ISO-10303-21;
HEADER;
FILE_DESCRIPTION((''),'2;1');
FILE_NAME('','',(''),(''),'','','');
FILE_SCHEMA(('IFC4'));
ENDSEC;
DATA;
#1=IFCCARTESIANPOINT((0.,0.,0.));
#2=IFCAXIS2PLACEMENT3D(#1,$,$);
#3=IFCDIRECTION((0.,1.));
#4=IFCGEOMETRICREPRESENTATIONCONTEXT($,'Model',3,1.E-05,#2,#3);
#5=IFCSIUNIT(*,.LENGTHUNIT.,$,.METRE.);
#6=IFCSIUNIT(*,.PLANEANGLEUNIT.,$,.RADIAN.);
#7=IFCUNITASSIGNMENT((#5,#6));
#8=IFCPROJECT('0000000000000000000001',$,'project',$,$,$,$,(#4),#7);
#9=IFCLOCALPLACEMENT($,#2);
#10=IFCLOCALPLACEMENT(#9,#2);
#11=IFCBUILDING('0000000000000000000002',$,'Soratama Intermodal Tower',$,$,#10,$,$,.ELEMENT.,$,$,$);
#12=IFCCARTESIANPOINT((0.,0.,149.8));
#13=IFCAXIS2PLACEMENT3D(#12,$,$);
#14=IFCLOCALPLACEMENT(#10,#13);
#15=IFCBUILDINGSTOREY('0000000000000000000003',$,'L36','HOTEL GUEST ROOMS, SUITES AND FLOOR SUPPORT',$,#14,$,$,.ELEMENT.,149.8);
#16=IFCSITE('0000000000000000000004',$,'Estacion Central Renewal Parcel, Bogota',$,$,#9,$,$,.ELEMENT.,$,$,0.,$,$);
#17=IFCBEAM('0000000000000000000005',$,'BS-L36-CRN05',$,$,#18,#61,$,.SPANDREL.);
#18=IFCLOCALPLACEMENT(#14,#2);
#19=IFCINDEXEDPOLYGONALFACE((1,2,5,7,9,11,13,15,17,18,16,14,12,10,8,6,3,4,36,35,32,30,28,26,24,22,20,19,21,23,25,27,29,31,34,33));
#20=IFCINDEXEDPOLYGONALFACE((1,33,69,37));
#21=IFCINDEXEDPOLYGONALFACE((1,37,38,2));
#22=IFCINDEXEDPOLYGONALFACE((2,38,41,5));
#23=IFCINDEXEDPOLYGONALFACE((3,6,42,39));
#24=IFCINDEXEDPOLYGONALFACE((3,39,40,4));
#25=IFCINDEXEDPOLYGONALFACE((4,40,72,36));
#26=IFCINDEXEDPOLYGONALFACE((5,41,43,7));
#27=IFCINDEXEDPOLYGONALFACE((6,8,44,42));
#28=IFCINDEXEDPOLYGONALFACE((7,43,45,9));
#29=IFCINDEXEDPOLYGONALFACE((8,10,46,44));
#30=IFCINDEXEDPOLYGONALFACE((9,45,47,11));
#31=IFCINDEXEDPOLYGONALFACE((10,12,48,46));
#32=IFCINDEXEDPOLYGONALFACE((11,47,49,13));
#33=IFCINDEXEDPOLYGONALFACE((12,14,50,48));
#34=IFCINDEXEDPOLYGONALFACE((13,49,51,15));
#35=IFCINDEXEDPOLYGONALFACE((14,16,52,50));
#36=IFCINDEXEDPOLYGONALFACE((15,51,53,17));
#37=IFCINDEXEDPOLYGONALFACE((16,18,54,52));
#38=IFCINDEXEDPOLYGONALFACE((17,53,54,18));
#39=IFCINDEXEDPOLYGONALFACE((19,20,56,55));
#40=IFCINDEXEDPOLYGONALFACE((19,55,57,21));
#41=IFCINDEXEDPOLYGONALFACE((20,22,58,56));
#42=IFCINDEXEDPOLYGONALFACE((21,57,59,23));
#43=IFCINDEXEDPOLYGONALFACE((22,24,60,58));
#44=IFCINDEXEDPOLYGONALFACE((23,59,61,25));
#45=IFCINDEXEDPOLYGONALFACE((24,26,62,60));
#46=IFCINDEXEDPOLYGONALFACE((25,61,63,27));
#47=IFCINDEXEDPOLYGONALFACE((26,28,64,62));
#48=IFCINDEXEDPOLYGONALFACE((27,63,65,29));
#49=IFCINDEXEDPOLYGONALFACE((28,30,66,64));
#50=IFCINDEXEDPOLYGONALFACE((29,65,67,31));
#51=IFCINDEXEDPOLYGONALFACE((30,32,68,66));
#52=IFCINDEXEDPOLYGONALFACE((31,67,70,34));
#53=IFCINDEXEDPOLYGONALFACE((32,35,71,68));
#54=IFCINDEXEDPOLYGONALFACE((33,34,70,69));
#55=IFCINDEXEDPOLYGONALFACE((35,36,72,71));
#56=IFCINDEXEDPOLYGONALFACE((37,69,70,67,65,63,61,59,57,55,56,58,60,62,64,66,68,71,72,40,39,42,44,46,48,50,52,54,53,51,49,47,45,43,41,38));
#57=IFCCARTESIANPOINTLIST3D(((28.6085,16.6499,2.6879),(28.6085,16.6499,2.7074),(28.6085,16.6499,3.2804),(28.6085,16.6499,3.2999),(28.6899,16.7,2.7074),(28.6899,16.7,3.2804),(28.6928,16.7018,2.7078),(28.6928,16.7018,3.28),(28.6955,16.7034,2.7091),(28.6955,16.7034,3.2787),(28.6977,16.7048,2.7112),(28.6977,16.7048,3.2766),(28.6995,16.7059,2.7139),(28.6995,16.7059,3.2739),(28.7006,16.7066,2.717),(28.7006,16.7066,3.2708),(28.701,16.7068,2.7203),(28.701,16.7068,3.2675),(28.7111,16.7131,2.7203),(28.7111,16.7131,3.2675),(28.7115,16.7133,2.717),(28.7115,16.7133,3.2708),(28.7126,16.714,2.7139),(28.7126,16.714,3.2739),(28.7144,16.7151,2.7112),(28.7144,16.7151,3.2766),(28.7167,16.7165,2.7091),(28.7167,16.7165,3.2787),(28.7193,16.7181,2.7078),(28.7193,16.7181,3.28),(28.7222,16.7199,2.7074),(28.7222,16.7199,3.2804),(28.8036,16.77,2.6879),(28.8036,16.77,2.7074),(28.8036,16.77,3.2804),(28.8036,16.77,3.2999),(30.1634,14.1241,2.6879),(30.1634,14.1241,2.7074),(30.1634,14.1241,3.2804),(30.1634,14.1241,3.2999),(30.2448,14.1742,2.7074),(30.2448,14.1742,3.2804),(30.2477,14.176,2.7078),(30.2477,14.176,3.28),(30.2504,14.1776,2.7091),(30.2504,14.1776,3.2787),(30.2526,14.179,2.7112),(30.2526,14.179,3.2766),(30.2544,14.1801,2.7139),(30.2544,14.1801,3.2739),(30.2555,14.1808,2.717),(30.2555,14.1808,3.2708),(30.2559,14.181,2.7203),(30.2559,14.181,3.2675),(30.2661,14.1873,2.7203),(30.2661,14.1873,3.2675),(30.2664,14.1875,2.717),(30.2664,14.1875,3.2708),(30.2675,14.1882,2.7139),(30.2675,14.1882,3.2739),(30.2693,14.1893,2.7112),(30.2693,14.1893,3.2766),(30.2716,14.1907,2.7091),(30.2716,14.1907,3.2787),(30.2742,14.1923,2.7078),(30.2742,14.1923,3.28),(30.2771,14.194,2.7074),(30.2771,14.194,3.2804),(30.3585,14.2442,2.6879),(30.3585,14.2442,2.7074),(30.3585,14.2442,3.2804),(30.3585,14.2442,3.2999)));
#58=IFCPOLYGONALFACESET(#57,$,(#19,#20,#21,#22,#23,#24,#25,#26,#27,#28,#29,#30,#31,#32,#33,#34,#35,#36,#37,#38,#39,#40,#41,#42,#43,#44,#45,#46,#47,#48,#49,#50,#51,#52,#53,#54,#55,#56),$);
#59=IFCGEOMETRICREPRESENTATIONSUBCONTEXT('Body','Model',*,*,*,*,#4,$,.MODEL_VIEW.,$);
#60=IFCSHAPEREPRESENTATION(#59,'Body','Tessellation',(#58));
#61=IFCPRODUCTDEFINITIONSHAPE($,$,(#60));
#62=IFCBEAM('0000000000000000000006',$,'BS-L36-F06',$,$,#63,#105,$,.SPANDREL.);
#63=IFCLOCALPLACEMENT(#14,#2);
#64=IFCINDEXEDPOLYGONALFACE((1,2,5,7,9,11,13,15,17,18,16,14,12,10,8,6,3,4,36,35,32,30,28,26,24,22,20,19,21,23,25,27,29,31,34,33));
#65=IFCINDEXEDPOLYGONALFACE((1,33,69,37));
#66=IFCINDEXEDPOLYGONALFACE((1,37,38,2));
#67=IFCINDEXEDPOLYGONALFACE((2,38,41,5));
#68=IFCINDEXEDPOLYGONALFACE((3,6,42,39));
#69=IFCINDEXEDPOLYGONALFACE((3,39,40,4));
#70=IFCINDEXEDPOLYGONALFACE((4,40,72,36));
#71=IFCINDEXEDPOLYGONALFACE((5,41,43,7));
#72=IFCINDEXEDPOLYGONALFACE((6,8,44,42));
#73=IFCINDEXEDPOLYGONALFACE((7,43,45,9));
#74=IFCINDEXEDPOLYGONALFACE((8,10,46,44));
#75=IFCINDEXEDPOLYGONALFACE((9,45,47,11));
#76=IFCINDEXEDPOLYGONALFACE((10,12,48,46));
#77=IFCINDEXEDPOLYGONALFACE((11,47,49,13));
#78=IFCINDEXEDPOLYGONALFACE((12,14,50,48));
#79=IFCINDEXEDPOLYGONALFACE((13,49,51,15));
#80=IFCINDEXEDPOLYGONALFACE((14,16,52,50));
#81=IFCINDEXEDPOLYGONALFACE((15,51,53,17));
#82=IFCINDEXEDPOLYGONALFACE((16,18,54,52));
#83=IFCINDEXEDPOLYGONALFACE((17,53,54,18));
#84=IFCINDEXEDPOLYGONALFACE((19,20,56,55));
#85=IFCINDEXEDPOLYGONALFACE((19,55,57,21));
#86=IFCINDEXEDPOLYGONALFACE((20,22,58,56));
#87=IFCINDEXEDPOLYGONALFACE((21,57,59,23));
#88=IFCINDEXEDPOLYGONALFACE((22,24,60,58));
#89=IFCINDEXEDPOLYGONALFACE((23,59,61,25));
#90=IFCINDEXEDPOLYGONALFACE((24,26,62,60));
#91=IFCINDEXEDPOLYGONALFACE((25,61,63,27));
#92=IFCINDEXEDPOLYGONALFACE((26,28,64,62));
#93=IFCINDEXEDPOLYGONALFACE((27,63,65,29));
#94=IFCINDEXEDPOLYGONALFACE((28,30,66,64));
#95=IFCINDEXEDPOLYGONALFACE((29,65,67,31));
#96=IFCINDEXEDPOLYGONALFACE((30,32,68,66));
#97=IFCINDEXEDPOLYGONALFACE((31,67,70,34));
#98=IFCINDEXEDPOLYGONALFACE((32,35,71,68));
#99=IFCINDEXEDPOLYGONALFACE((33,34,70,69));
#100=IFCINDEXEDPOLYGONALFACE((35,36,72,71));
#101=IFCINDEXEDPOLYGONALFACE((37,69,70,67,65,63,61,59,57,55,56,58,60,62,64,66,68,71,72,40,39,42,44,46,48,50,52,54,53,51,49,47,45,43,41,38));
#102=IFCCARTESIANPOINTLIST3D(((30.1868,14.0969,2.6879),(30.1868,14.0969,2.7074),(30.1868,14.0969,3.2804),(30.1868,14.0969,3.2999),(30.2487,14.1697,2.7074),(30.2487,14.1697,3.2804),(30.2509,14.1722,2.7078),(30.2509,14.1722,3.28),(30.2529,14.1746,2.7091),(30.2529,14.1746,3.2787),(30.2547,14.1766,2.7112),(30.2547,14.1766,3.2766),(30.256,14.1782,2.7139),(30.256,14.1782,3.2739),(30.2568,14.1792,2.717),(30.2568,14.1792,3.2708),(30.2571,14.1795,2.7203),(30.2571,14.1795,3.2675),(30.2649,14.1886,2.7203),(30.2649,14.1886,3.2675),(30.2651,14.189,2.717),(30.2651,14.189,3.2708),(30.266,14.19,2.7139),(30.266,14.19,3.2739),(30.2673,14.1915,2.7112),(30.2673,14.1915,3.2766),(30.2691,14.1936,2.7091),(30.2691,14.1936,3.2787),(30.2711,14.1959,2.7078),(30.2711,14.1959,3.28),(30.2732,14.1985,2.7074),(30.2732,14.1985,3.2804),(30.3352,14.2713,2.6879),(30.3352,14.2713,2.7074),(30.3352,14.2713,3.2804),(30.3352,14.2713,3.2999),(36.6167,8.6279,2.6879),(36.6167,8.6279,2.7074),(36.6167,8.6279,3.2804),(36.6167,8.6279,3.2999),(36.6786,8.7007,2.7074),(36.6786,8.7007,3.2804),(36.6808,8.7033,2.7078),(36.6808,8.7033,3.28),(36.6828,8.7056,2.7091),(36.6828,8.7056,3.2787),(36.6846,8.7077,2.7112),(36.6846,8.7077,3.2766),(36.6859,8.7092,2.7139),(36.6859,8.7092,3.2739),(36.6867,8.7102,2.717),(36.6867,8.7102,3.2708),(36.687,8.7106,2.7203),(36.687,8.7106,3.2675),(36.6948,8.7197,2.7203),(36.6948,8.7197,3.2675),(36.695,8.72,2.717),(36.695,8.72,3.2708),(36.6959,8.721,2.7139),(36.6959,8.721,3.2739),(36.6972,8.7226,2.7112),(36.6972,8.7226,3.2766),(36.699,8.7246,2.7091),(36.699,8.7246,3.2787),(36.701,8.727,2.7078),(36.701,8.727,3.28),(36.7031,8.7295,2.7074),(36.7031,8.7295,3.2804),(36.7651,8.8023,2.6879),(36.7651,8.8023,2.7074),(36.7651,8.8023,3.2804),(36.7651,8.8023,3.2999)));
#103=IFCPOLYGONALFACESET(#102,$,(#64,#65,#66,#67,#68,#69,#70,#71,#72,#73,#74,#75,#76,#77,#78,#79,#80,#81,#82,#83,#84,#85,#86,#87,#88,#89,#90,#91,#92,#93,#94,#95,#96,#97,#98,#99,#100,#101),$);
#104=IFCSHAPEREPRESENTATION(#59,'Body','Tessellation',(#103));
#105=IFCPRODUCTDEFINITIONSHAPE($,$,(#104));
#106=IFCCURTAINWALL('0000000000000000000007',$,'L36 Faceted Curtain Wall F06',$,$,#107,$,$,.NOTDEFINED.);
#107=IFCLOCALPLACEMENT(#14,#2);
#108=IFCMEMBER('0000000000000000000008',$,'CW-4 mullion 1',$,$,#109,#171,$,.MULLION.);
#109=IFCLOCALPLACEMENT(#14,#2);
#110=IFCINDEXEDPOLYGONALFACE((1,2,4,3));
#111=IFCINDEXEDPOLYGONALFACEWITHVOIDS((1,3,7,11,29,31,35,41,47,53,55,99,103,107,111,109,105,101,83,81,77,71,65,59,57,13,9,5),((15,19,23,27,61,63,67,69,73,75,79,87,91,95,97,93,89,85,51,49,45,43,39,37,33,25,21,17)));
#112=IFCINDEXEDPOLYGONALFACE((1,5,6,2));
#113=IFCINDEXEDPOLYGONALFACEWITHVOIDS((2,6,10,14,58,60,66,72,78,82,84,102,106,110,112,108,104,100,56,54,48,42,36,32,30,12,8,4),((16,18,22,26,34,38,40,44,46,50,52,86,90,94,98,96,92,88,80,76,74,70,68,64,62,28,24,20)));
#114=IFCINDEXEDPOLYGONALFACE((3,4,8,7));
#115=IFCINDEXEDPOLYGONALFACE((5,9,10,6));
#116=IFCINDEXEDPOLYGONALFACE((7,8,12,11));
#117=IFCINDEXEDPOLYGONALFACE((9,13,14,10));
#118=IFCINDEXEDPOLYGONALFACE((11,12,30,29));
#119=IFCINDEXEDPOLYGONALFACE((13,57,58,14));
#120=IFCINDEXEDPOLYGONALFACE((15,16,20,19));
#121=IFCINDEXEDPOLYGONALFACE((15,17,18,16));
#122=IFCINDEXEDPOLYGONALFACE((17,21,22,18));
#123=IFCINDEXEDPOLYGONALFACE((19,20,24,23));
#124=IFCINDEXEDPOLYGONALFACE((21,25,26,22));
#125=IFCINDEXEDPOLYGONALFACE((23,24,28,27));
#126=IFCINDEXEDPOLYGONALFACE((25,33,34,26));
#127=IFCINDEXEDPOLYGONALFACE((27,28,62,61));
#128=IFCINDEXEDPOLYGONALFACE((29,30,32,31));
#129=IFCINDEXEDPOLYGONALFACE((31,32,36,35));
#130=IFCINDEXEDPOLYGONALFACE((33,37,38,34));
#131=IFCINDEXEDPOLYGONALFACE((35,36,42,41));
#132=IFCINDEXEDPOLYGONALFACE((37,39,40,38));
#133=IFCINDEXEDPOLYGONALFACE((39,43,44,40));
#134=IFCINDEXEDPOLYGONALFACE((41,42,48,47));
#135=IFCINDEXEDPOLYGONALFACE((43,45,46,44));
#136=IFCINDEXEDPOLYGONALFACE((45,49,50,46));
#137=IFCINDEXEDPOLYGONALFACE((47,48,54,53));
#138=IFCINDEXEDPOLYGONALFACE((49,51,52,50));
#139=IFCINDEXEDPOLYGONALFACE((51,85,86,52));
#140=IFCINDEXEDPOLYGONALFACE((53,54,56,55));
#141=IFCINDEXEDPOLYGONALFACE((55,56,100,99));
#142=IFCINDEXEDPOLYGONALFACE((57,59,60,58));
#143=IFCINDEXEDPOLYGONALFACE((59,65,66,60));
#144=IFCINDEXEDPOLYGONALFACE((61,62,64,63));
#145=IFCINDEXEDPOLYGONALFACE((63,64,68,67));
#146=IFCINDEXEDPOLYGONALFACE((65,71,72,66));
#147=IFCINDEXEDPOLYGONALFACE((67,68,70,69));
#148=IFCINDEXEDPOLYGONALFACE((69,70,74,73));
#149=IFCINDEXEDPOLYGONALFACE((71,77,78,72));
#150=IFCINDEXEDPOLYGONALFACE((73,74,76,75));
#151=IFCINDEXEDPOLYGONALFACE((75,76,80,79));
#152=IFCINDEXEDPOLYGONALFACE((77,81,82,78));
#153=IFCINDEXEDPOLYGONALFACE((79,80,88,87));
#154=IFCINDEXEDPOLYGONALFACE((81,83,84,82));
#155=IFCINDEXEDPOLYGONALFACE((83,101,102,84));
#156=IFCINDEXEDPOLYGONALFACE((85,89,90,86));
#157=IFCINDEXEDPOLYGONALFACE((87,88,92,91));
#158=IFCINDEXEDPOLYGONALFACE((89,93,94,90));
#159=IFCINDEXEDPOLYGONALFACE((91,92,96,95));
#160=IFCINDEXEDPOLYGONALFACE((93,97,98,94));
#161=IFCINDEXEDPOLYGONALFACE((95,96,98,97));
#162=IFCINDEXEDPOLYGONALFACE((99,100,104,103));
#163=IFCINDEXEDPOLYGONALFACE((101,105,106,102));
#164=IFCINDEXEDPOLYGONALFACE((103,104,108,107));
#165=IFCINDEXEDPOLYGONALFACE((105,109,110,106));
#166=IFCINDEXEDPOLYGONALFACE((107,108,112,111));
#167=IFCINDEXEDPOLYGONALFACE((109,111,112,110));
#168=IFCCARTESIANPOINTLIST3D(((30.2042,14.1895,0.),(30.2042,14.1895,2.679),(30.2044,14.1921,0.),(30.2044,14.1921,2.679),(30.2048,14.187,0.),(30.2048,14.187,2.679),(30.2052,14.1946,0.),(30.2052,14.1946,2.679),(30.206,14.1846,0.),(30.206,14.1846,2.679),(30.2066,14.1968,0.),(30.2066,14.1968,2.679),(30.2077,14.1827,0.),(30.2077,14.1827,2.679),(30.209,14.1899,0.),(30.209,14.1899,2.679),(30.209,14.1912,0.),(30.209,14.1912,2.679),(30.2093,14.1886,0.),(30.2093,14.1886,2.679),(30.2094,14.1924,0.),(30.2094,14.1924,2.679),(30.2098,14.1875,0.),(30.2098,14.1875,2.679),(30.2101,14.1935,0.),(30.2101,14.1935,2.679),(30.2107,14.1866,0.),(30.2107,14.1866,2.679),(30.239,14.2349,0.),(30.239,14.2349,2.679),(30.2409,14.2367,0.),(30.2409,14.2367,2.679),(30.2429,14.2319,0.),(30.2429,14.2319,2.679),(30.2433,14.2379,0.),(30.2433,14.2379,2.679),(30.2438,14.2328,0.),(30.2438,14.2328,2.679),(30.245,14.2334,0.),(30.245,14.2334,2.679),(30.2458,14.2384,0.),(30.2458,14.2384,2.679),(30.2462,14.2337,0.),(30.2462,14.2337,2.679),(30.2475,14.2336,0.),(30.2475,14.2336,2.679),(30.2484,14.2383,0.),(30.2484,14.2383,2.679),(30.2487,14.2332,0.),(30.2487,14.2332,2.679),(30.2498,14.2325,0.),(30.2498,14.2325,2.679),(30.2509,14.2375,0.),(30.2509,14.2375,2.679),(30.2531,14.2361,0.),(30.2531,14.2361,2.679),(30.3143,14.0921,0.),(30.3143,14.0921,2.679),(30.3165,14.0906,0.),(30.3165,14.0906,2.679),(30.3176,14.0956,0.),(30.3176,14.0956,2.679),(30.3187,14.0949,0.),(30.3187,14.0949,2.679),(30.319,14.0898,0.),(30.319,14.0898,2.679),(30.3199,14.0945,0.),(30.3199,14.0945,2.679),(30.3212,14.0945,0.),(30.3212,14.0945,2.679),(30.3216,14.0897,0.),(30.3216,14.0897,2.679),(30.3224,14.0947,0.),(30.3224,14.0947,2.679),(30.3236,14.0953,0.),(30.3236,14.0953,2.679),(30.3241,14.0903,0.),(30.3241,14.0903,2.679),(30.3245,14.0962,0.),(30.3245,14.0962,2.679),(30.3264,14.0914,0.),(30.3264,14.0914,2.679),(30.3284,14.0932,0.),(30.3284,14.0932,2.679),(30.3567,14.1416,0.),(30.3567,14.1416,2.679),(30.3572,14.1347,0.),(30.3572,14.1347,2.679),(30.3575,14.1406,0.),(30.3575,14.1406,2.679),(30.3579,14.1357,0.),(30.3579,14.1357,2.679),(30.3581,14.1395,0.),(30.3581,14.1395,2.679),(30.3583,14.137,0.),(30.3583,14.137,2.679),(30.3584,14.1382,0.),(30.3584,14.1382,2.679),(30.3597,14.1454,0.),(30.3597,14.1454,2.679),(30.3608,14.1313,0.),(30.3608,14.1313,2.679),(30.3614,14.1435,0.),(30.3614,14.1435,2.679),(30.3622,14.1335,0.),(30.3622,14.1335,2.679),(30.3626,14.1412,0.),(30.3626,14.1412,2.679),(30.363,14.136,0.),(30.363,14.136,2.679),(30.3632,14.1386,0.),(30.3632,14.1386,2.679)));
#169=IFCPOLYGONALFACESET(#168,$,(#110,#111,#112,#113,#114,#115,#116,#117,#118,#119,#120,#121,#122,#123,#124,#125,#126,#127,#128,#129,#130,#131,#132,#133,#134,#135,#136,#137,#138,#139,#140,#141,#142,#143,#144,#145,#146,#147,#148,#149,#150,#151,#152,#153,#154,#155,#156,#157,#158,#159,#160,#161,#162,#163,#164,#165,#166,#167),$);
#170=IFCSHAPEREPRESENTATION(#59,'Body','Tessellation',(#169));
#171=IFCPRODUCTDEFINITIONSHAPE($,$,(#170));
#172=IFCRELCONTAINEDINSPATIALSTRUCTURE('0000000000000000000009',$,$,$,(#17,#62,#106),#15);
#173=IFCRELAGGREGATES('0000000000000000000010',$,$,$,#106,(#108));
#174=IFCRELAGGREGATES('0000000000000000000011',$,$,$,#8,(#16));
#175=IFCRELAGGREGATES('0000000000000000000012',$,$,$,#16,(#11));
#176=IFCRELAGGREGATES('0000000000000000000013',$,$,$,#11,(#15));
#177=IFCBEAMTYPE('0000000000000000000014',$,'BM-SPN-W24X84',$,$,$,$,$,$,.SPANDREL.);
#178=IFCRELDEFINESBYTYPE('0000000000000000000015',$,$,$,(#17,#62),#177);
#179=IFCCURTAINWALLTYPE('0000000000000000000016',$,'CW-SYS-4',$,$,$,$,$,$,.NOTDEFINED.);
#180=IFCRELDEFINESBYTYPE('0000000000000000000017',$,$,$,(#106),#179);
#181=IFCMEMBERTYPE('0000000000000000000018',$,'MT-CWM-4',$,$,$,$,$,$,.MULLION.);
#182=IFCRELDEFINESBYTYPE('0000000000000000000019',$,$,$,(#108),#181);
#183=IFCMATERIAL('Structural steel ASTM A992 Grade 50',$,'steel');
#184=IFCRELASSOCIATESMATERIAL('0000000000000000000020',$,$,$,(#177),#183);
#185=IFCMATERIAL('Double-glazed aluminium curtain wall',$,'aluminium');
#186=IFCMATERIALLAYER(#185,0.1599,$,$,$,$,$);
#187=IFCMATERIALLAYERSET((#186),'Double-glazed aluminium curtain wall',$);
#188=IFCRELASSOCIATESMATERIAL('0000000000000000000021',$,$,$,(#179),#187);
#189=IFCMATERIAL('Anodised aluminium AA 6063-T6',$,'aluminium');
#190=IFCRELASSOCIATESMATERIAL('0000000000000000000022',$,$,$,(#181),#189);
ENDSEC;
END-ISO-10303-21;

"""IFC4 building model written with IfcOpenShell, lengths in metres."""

from ifc_helpers import new_model, si_unit, direction, frame, origin, origin_2d, place, context, subcontext, project, spatial, hollow_rectangle, i_section, extrude, material, layer, layer_set, material_profile, profile_set, type_object, element, aggregate, save


model = new_model("IFC4")

# Units and contexts
model_context = context("Model", 3, precision=1e-05, world=origin(), true_north=direction((0.0, 1.0)))
body_context = subcontext(model_context, "Body", "Model", "MODEL_VIEW")
ifc_project = project(units=[si_unit("LENGTHUNIT", "METRE"), si_unit("PLANEANGLEUNIT", "RADIAN")], contexts=[model_context])

# Site, building, storey
site_placement = place(None, origin())
site = spatial("IfcSite", under=ifc_project, at=site_placement, Name="Estacion Central Renewal Parcel, Bogota", CompositionType="ELEMENT", RefElevation=0.0)
building_placement = place(site_placement, origin())
building = spatial("IfcBuilding", under=site, at=building_placement, Name="Soratama Intermodal Tower", CompositionType="ELEMENT")
storey_placement = place(building_placement, frame((0.0, 0.0, 149.8)))
storey = spatial("IfcBuildingStorey", under=building, at=storey_placement, Name="L36", Description="HOTEL GUEST ROOMS, SUITES AND FLOOR SUPPORT", CompositionType="ELEMENT", Elevation=149.8)

# Beams
ifc_material_1 = material(Name="Structural steel ASTM A992 Grade 50", Category="steel")
ifc_material_profile_1 = material_profile(ifc_material_1, i_section(OverallWidth=0.229, OverallDepth=0.6121, WebThickness=0.012, FlangeThickness=0.0195, FilletRadius=0.0129, at=origin_2d()), Name="W24X84")
ifc_profile_set_1 = profile_set([ifc_material_profile_1], Name="Structural steel ASTM A992 Grade 50")
beam_type_1 = type_object("IfcBeamType", Name="BM-SPN-W24X84", PredefinedType="SPANDREL", material=ifc_profile_set_1)
beam_1_placement = place(storey_placement, frame((28.7061, 16.71, 2.9939), z_axis=(0.524231, -0.851576, 0.0), x_axis=(0.851576, 0.524231, 0.0)))
element("IfcBeam", 1, at=beam_1_placement, inside=storey, type_object=beam_type_1, Name="BS-L36-CRN05", PredefinedType="SPANDREL", context=body_context, shape_type="SweptSolid", body=[
    extrude(i_section(OverallWidth=0.229, OverallDepth=0.6121, WebThickness=0.012, FlangeThickness=0.0195, FilletRadius=0.0129, at=origin_2d()), origin(), (0.0, 0.0, 1.0), 2.9661),
])
beam_2_placement = place(storey_placement, frame((30.261, 14.1841, 2.9939), z_axis=(0.761732, -0.647893, 0.0), x_axis=(0.647893, 0.761732, 0.0)))
element("IfcBeam", 2, at=beam_2_placement, inside=storey, type_object=beam_type_1, Name="BS-L36-F06", PredefinedType="SPANDREL", context=body_context, shape_type="SweptSolid", body=[
    extrude(i_section(OverallWidth=0.229, OverallDepth=0.6121, WebThickness=0.012, FlangeThickness=0.0195, FilletRadius=0.0129, at=origin_2d()), origin(), (0.0, 0.0, 1.0), 8.4412),
])

# Curtain wall, member
ifc_material_2 = material(Name="Double-glazed aluminium curtain wall", Category="aluminium")
ifc_layer_1 = layer(ifc_material_2, 0.1599)
ifc_layer_set_1 = layer_set([ifc_layer_1], Name="Double-glazed aluminium curtain wall")
curtain_wall_type = type_object("IfcCurtainWallType", Name="CW-SYS-4", PredefinedType="NOTDEFINED", material=ifc_layer_set_1)
curtain_wall_placement = place(storey_placement, origin())
curtain_wall = element("IfcCurtainWall", 3, at=curtain_wall_placement, inside=storey, type_object=curtain_wall_type, Name="L36 Faceted Curtain Wall F06", PredefinedType="NOTDEFINED")
ifc_material_3 = material(Name="Anodised aluminium AA 6063-T6", Category="aluminium")
ifc_material_profile_2 = material_profile(ifc_material_3, hollow_rectangle(XDim=0.0701, YDim=0.1599, WallThickness=0.0049, InnerFilletRadius=0.0049, OuterFilletRadius=0.01, at=origin_2d()), Name="CWM160X70X5")
ifc_profile_set_2 = profile_set([ifc_material_profile_2], Name="Anodised aluminium AA 6063-T6")
member_type_1 = type_object("IfcMemberType", Name="MT-CWM-4", PredefinedType="MULLION", material=ifc_profile_set_2)
member_1_placement = place(storey_placement, frame((30.2837, 14.1641, 0.0), z_axis=(0.0, 0.0, 1.0), x_axis=(0.647857, 0.761762, 0.0)))
member_1 = element("IfcMember", 4, at=member_1_placement, type_object=member_type_1, Name="CW-4 mullion 1", PredefinedType="MULLION", context=body_context, shape_type="SweptSolid", body=[
    extrude(hollow_rectangle(XDim=0.0701, YDim=0.1599, WallThickness=0.0049, InnerFilletRadius=0.0049, OuterFilletRadius=0.01, at=origin_2d()), origin(), (0.0, 0.0, 1.0), 2.679),
])
aggregate(curtain_wall, [member_1])

save(model, "model.ifc")
